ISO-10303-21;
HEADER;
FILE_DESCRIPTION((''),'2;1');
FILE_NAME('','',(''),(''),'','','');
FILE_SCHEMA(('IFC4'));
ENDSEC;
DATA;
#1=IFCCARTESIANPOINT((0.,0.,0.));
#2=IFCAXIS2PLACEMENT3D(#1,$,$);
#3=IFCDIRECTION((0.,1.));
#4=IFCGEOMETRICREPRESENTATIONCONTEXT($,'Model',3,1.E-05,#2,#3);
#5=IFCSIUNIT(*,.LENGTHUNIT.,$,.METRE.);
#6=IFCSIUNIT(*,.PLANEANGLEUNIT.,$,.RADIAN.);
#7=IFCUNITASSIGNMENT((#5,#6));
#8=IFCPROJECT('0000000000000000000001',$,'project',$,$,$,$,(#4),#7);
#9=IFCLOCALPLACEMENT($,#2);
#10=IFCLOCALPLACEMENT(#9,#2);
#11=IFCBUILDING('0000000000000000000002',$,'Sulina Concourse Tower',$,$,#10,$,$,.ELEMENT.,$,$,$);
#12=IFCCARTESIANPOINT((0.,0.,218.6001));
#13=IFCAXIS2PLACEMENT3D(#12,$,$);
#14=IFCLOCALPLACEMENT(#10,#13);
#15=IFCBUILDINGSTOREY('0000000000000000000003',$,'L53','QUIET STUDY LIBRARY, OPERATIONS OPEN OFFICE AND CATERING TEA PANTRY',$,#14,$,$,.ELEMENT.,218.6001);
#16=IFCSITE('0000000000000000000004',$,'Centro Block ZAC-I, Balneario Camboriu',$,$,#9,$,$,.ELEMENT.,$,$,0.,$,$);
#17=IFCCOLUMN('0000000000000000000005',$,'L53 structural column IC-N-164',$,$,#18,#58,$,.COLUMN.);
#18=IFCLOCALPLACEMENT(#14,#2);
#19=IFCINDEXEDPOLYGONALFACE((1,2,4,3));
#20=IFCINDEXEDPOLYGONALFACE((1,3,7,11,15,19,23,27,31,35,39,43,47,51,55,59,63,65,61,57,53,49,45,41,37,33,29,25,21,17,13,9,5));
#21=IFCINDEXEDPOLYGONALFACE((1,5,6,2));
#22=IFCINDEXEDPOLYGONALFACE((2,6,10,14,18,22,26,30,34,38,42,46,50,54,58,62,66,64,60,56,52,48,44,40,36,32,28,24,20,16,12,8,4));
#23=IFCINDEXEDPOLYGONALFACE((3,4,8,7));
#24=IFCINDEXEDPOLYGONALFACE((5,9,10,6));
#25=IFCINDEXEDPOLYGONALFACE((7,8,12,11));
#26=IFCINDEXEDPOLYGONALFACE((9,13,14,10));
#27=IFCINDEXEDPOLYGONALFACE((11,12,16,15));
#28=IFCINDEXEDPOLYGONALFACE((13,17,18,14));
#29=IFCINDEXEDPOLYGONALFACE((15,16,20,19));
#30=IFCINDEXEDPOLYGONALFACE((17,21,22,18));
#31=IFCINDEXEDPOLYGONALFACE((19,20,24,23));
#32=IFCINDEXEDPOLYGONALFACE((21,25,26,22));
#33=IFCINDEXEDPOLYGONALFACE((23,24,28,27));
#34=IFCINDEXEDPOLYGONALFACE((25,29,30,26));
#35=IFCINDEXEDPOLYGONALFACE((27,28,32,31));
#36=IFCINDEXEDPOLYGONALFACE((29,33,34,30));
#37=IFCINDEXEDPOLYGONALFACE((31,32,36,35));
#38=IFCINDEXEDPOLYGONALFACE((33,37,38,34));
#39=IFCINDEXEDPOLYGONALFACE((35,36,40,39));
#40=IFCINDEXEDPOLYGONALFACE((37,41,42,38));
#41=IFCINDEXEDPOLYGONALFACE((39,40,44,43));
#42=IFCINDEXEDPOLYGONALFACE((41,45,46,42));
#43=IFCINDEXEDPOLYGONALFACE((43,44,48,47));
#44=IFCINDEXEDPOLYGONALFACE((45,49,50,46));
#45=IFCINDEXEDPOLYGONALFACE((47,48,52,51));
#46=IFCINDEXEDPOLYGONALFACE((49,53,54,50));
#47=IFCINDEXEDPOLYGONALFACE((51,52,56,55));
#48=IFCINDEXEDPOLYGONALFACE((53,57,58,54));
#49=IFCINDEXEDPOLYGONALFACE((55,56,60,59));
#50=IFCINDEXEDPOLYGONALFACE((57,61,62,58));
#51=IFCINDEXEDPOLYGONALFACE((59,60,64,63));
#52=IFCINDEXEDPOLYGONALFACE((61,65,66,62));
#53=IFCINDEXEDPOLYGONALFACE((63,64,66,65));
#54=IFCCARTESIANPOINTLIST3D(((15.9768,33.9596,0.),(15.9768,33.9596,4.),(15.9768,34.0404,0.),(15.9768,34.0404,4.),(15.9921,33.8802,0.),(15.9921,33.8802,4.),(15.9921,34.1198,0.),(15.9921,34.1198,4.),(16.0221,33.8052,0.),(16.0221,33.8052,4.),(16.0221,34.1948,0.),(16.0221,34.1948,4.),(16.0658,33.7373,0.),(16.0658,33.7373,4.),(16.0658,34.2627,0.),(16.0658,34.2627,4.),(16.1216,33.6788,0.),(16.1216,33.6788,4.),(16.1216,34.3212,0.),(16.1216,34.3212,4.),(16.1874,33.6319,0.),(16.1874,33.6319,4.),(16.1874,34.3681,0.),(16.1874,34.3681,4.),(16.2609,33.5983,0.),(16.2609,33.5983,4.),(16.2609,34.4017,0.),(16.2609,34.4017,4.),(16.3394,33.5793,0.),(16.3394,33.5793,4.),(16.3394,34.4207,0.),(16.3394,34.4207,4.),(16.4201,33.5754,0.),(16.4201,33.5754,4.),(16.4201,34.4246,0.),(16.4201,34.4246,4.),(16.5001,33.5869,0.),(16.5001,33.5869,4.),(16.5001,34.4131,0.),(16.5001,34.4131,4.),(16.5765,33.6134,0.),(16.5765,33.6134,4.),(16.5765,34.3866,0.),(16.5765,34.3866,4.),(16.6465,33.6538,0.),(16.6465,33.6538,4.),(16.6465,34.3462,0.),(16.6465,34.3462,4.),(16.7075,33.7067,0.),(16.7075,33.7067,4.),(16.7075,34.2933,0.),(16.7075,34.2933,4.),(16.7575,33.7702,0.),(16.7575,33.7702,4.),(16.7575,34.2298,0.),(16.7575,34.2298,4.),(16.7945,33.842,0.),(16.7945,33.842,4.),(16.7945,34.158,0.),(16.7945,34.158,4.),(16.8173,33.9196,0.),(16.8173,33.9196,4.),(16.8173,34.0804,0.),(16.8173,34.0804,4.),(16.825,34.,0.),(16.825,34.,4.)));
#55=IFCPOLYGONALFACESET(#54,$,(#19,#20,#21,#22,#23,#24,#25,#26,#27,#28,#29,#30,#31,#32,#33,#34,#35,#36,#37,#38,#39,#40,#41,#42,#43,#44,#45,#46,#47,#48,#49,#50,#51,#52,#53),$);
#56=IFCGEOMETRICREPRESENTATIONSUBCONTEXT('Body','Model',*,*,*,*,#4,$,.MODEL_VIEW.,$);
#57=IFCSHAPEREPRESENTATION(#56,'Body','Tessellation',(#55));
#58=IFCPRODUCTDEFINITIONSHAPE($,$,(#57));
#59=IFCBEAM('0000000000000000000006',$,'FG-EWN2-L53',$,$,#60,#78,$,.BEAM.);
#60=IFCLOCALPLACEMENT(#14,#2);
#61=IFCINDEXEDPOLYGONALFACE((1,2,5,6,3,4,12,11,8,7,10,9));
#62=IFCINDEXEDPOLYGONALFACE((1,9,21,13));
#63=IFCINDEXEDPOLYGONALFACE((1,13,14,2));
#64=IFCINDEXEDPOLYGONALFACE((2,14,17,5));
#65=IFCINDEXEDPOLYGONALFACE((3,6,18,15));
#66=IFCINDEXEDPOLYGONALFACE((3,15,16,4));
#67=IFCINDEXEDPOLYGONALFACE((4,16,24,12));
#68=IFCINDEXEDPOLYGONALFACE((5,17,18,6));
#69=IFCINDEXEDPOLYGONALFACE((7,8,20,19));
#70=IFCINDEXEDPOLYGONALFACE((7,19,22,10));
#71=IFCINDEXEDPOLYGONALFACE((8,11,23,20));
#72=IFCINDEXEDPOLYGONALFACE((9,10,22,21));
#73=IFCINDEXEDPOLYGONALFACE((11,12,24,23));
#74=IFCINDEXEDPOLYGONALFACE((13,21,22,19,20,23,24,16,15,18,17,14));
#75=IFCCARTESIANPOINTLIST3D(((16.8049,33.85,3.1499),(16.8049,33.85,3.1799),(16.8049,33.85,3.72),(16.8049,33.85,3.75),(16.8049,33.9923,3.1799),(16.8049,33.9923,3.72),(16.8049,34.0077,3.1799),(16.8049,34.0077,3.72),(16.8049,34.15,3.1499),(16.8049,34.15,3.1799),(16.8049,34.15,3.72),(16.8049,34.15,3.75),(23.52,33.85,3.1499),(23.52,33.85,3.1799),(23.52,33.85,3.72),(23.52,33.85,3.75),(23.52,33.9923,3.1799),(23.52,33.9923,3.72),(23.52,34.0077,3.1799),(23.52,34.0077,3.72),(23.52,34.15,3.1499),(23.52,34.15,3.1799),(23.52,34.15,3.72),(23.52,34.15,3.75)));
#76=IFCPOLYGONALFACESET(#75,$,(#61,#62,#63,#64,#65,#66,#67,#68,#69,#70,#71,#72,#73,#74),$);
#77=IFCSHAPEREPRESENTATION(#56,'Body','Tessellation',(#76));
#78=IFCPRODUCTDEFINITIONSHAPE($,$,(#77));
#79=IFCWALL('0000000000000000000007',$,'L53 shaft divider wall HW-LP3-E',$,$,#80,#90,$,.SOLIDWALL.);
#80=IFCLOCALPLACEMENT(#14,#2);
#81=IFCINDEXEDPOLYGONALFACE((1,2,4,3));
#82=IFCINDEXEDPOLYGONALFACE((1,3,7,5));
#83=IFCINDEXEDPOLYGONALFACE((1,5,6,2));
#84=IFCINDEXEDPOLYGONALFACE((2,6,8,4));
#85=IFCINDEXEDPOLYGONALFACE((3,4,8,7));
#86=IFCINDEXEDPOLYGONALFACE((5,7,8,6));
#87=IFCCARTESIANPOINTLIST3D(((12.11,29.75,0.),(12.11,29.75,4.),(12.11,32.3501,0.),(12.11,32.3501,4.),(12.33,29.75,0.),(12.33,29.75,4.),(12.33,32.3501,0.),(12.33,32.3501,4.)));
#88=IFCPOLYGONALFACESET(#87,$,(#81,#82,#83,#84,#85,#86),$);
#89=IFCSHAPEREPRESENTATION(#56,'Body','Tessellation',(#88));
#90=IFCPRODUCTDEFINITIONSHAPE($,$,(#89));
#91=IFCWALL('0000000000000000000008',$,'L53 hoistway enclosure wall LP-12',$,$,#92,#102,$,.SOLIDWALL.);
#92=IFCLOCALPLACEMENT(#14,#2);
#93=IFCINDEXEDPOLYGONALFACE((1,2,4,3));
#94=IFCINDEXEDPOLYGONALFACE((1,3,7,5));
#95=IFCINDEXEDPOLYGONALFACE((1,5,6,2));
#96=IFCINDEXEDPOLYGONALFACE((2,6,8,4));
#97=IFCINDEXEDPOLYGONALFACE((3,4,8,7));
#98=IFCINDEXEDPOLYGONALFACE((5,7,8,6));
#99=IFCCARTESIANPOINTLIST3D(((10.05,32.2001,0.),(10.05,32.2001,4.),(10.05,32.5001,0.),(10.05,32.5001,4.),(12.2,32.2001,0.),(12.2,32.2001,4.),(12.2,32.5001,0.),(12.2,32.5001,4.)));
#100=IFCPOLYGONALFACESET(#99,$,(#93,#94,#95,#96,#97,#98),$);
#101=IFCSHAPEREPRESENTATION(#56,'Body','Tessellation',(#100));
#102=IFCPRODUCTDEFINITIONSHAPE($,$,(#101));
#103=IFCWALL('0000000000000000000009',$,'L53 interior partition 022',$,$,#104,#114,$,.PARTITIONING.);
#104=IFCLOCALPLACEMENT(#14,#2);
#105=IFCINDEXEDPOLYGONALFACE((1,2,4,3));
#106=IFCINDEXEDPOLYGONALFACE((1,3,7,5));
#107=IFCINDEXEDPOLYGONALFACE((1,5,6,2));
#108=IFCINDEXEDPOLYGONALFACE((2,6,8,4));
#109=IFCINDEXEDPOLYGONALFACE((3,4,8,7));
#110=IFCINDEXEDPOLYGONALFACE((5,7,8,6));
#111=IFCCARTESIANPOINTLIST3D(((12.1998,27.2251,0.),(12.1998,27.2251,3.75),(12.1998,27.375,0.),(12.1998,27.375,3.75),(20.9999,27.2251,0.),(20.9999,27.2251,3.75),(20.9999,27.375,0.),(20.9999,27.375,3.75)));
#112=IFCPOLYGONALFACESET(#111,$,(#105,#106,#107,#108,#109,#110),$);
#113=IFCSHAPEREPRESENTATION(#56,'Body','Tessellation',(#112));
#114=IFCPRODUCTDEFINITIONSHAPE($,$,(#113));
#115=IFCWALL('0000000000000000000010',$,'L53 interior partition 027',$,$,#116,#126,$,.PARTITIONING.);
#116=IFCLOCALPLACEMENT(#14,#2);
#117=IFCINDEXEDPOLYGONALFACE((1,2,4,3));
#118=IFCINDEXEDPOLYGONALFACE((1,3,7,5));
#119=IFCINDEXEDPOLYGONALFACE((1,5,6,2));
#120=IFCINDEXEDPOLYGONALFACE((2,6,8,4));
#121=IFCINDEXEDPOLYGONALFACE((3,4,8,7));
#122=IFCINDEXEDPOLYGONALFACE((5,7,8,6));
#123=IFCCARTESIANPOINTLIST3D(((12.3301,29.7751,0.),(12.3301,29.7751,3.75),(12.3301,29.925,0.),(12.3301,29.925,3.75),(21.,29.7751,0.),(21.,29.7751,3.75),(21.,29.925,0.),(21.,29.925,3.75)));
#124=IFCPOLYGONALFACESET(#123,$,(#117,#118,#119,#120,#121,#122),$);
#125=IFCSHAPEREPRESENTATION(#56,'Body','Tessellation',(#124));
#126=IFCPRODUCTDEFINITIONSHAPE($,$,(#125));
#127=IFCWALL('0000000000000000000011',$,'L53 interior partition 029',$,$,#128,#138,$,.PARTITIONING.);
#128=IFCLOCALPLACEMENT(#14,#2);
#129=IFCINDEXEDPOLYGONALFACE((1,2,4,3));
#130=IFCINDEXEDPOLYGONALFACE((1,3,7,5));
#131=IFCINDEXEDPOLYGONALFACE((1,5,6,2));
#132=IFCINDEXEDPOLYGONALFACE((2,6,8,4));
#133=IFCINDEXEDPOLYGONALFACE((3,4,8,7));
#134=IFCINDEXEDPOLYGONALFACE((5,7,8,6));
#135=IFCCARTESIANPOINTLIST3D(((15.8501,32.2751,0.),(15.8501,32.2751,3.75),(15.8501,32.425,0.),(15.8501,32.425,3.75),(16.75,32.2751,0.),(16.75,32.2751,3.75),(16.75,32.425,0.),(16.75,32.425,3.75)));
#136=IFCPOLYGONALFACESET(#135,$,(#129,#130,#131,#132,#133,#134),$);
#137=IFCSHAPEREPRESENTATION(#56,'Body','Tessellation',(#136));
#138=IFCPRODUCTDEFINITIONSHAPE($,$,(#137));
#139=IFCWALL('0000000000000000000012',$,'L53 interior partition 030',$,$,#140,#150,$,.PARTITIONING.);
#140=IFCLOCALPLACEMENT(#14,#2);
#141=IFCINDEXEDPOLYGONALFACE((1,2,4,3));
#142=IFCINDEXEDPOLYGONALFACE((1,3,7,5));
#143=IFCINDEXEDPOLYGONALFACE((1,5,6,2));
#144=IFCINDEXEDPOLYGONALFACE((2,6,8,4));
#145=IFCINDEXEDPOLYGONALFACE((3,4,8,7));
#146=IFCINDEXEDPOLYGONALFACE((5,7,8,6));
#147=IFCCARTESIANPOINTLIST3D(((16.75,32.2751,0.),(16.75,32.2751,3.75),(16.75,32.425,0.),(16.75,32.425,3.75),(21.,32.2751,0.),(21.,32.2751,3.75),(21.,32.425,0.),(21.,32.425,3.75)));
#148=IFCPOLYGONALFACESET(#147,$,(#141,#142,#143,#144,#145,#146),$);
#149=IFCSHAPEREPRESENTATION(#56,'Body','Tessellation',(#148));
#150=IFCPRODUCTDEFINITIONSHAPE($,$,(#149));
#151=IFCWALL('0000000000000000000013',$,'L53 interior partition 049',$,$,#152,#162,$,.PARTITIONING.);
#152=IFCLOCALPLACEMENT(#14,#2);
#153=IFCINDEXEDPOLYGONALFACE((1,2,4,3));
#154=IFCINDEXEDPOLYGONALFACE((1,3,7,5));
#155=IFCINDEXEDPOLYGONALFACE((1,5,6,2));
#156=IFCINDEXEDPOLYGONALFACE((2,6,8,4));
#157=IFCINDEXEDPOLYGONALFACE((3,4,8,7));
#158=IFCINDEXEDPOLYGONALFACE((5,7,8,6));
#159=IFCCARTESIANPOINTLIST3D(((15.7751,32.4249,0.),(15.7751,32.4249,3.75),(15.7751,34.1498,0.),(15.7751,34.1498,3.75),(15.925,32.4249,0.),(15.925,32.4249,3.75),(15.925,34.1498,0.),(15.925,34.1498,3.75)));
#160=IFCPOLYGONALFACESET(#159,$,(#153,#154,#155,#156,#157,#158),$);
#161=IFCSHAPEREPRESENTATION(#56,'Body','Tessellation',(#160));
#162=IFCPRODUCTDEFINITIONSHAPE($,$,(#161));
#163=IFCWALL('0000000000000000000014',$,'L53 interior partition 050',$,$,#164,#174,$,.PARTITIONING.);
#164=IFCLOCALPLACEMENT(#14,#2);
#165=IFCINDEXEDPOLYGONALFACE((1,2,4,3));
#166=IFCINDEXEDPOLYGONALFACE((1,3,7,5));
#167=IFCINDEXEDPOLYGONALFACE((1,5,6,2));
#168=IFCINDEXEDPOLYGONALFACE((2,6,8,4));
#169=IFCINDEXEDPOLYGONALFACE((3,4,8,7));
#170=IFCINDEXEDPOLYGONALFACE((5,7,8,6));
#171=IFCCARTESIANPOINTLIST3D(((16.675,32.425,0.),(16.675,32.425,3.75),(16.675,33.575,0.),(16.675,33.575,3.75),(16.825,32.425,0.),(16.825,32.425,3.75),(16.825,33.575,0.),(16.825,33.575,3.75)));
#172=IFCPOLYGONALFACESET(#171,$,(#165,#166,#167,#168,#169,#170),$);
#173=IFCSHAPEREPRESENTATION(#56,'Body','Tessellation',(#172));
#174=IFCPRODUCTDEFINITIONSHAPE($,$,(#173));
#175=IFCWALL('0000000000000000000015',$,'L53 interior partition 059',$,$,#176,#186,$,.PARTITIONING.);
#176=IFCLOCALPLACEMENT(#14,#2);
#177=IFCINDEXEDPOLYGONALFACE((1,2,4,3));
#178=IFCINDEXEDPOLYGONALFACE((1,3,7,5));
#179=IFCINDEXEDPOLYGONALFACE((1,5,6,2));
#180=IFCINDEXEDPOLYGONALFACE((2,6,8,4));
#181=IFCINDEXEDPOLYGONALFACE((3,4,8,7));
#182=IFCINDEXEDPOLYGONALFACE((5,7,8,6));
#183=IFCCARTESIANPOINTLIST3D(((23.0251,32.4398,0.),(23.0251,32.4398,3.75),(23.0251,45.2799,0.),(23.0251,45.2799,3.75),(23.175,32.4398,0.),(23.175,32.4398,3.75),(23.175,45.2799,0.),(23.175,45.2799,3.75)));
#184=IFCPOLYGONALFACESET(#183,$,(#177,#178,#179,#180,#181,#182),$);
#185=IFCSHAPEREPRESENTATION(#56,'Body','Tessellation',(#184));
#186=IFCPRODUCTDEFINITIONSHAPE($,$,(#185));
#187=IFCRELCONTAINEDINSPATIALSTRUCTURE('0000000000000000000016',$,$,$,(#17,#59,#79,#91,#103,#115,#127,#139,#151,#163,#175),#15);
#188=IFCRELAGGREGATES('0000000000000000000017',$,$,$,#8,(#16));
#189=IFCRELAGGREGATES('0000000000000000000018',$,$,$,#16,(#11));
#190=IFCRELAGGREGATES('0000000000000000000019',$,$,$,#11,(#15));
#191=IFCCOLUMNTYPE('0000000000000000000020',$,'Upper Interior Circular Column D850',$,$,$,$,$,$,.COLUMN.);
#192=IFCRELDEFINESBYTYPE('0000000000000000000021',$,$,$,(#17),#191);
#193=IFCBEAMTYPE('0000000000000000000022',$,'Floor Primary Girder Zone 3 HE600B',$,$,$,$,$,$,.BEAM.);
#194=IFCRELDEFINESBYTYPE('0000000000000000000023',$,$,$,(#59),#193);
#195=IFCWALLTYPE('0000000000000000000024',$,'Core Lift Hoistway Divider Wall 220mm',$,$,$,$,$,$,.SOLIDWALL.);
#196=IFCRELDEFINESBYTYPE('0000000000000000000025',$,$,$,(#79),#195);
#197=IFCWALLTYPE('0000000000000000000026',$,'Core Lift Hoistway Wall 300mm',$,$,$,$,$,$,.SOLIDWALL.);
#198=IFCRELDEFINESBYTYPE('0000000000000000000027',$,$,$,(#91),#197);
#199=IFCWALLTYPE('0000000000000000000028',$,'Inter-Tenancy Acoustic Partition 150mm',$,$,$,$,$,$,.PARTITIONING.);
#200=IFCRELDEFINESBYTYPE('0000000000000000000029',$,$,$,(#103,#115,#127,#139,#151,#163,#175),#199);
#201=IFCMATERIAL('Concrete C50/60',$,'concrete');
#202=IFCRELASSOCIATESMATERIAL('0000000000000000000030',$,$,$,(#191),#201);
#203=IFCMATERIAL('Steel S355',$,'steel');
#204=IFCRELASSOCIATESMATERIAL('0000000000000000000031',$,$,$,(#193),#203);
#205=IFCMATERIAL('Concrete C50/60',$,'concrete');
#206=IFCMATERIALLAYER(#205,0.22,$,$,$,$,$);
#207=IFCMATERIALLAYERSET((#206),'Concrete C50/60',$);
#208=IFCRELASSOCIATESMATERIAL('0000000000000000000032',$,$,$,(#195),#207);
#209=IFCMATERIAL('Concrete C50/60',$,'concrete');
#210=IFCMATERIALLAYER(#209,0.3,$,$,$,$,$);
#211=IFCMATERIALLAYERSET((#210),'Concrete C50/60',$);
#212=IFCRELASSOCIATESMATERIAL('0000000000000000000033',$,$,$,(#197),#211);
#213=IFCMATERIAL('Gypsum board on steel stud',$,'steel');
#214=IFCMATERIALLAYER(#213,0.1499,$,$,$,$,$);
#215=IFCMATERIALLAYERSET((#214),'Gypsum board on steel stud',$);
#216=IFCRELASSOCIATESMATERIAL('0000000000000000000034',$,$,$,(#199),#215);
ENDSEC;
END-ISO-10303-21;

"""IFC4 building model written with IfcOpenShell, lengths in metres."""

from ifc_helpers import new_model, si_unit, direction, frame, frame_2d, origin, origin_2d, place, context, subcontext, project, spatial, rectangle, circle, i_section, extrude, material, layer, layer_set, material_profile, profile_set, type_object, element, save


model = new_model("IFC4")

# Units and contexts
model_context = context("Model", 3, precision=1e-05, world=origin(), true_north=direction((0.0, 1.0)))
body_context = subcontext(model_context, "Body", "Model", "MODEL_VIEW")
ifc_project = project(units=[si_unit("LENGTHUNIT", "METRE"), si_unit("PLANEANGLEUNIT", "RADIAN")], contexts=[model_context])

# Site, building, storey
site_placement = place(None, origin())
site = spatial("IfcSite", under=ifc_project, at=site_placement, Name="Centro Block ZAC-I, Balneario Camboriu", CompositionType="ELEMENT", RefElevation=0.0)
building_placement = place(site_placement, origin())
building = spatial("IfcBuilding", under=site, at=building_placement, Name="Sulina Concourse Tower", CompositionType="ELEMENT")
storey_placement = place(building_placement, frame((0.0, 0.0, 218.6001)))
storey = spatial("IfcBuildingStorey", under=building, at=storey_placement, Name="L53", Description="QUIET STUDY LIBRARY, OPERATIONS OPEN OFFICE AND CATERING TEA PANTRY", CompositionType="ELEMENT", Elevation=218.6001)

# Column
ifc_material_1 = material(Name="Concrete C50/60", Category="concrete")
ifc_material_profile_1 = material_profile(ifc_material_1, circle(Radius=0.425, at=origin_2d()), Name="RC D850")
ifc_profile_set_1 = profile_set([ifc_material_profile_1], Name="Concrete C50/60")
column_type = type_object("IfcColumnType", Name="Upper Interior Circular Column D850", PredefinedType="COLUMN", material=ifc_profile_set_1)
column_placement = place(storey_placement, frame((16.3999, 34.0, 0.0), z_axis=(0.0, 0.0, 1.0), x_axis=(1.0, 0.0, 0.0)))
element("IfcColumn", 1, at=column_placement, inside=storey, type_object=column_type, Name="L53 structural column IC-N-164", PredefinedType="COLUMN", context=body_context, shape_type="SweptSolid", body=[
    extrude(circle(Radius=0.425, at=origin_2d()), origin(), (0.0, 0.0, 1.0), 4.0),
])

# Beam
ifc_material_2 = material(Name="Steel S355", Category="steel")
ifc_material_profile_2 = material_profile(ifc_material_2, i_section(OverallWidth=0.3, OverallDepth=0.6001, WebThickness=0.0154, FlangeThickness=0.03, at=origin_2d()), Name="HE 600 B")
ifc_profile_set_2 = profile_set([ifc_material_profile_2], Name="Steel S355")
beam_type = type_object("IfcBeamType", Name="Floor Primary Girder Zone 3 HE600B", PredefinedType="BEAM", material=ifc_profile_set_2)
beam_placement = place(storey_placement, frame((16.8049, 34.0, 3.45), z_axis=(1.0, 0.0, 0.0), x_axis=(0.0, 1.0, 0.0)))
element("IfcBeam", 2, at=beam_placement, inside=storey, type_object=beam_type, Name="FG-EWN2-L53", PredefinedType="BEAM", context=body_context, shape_type="SweptSolid", body=[
    extrude(i_section(OverallWidth=0.3, OverallDepth=0.6001, WebThickness=0.0154, FlangeThickness=0.03, at=origin_2d()), origin(), (0.0, 0.0, 1.0), 6.7151),
])

# Walls
ifc_material_3 = material(Name="Concrete C50/60", Category="concrete")
ifc_layer_1 = layer(ifc_material_3, 0.22)
ifc_layer_set_1 = layer_set([ifc_layer_1], Name="Concrete C50/60")
wall_type_1 = type_object("IfcWallType", Name="Core Lift Hoistway Divider Wall 220mm", PredefinedType="SOLIDWALL", material=ifc_layer_set_1)
wall_1_placement = place(storey_placement, frame((12.22, 29.75, 0.0), z_axis=(0.0, 0.0, 1.0), x_axis=(0.0, 1.0, 0.0)))
element("IfcWall", 3, at=wall_1_placement, inside=storey, type_object=wall_type_1, Name="L53 shaft divider wall HW-LP3-E", PredefinedType="SOLIDWALL", context=body_context, shape_type="SweptSolid", body=[
    extrude(rectangle(XDim=2.6001, YDim=0.22, at=frame_2d((1.3, 0.0))), origin(), (0.0, 0.0, 1.0), 4.0),
])
ifc_material_4 = material(Name="Concrete C50/60", Category="concrete")
ifc_layer_2 = layer(ifc_material_4, 0.3)
ifc_layer_set_2 = layer_set([ifc_layer_2], Name="Concrete C50/60")
wall_type_2 = type_object("IfcWallType", Name="Core Lift Hoistway Wall 300mm", PredefinedType="SOLIDWALL", material=ifc_layer_set_2)
wall_2_placement = place(storey_placement, frame((10.05, 32.3501, 0.0), z_axis=(0.0, 0.0, 1.0), x_axis=(1.0, 0.0, 0.0)))
element("IfcWall", 4, at=wall_2_placement, inside=storey, type_object=wall_type_2, Name="L53 hoistway enclosure wall LP-12", PredefinedType="SOLIDWALL", context=body_context, shape_type="SweptSolid", body=[
    extrude(rectangle(XDim=2.1499, YDim=0.3, at=frame_2d((1.075, 0.0))), origin(), (0.0, 0.0, 1.0), 4.0),
])
ifc_material_5 = material(Name="Gypsum board on steel stud", Category="steel")
ifc_layer_3 = layer(ifc_material_5, 0.1499)
ifc_layer_set_3 = layer_set([ifc_layer_3], Name="Gypsum board on steel stud")
wall_type_3 = type_object("IfcWallType", Name="Inter-Tenancy Acoustic Partition 150mm", PredefinedType="PARTITIONING", material=ifc_layer_set_3)
wall_3_placement = place(storey_placement, frame((12.2, 27.3, 0.0), z_axis=(0.0, 0.0, 1.0), x_axis=(1.0, 0.0, 0.0)))
element("IfcWall", 5, at=wall_3_placement, inside=storey, type_object=wall_type_3, Name="L53 interior partition 022", PredefinedType="PARTITIONING", context=body_context, shape_type="SweptSolid", body=[
    extrude(rectangle(XDim=8.8, YDim=0.1499, at=frame_2d((4.3999, 0.0))), origin(), (0.0, 0.0, 1.0), 3.75),
])
wall_4_placement = place(storey_placement, frame((12.3301, 29.8501, 0.0), z_axis=(0.0, 0.0, 1.0), x_axis=(1.0, 0.0, 0.0)))
element("IfcWall", 6, at=wall_4_placement, inside=storey, type_object=wall_type_3, Name="L53 interior partition 027", PredefinedType="PARTITIONING", context=body_context, shape_type="SweptSolid", body=[
    extrude(rectangle(XDim=8.6699, YDim=0.1499, at=frame_2d((4.335, 0.0))), origin(), (0.0, 0.0, 1.0), 3.75),
])

# Walls
wall_5_placement = place(storey_placement, frame((15.8501, 32.3501, 0.0), z_axis=(0.0, 0.0, 1.0), x_axis=(1.0, 0.0, 0.0)))
element("IfcWall", 7, at=wall_5_placement, inside=storey, type_object=wall_type_3, Name="L53 interior partition 029", PredefinedType="PARTITIONING", context=body_context, shape_type="SweptSolid", body=[
    extrude(rectangle(XDim=0.8999, YDim=0.1499, at=frame_2d((0.45, 0.0))), origin(), (0.0, 0.0, 1.0), 3.75),
])
wall_6_placement = place(storey_placement, frame((16.75, 32.3501, 0.0), z_axis=(0.0, 0.0, 1.0), x_axis=(1.0, 0.0, 0.0)))
element("IfcWall", 8, at=wall_6_placement, inside=storey, type_object=wall_type_3, Name="L53 interior partition 030", PredefinedType="PARTITIONING", context=body_context, shape_type="SweptSolid", body=[
    extrude(rectangle(XDim=4.25, YDim=0.1499, at=frame_2d((2.125, 0.0))), origin(), (0.0, 0.0, 1.0), 3.75),
])
wall_7_placement = place(storey_placement, frame((15.8501, 32.425, 0.0), z_axis=(0.0, 0.0, 1.0), x_axis=(0.0, 1.0, 0.0)))
element("IfcWall", 9, at=wall_7_placement, inside=storey, type_object=wall_type_3, Name="L53 interior partition 049", PredefinedType="PARTITIONING", context=body_context, shape_type="SweptSolid", body=[
    extrude(rectangle(XDim=1.7249, YDim=0.1499, at=frame_2d((0.8623, 0.0))), origin(), (0.0, 0.0, 1.0), 3.75),
])
wall_8_placement = place(storey_placement, frame((16.75, 32.425, 0.0), z_axis=(0.0, 0.0, 1.0), x_axis=(0.0, 1.0, 0.0)))
element("IfcWall", 10, at=wall_8_placement, inside=storey, type_object=wall_type_3, Name="L53 interior partition 050", PredefinedType="PARTITIONING", context=body_context, shape_type="SweptSolid", body=[
    extrude(rectangle(XDim=1.1499, YDim=0.1499, at=frame_2d((0.575, 0.0))), origin(), (0.0, 0.0, 1.0), 3.75),
])
wall_9_placement = place(storey_placement, frame((23.1001, 32.4399, 0.0), z_axis=(0.0, 0.0, 1.0), x_axis=(0.0, 1.0, 0.0)))
element("IfcWall", 11, at=wall_9_placement, inside=storey, type_object=wall_type_3, Name="L53 interior partition 059", PredefinedType="PARTITIONING", context=body_context, shape_type="SweptSolid", body=[
    extrude(rectangle(XDim=12.8401, YDim=0.1499, at=frame_2d((6.4199, 0.0))), origin(), (0.0, 0.0, 1.0), 3.75),
])

save(model, "model.ifc")
